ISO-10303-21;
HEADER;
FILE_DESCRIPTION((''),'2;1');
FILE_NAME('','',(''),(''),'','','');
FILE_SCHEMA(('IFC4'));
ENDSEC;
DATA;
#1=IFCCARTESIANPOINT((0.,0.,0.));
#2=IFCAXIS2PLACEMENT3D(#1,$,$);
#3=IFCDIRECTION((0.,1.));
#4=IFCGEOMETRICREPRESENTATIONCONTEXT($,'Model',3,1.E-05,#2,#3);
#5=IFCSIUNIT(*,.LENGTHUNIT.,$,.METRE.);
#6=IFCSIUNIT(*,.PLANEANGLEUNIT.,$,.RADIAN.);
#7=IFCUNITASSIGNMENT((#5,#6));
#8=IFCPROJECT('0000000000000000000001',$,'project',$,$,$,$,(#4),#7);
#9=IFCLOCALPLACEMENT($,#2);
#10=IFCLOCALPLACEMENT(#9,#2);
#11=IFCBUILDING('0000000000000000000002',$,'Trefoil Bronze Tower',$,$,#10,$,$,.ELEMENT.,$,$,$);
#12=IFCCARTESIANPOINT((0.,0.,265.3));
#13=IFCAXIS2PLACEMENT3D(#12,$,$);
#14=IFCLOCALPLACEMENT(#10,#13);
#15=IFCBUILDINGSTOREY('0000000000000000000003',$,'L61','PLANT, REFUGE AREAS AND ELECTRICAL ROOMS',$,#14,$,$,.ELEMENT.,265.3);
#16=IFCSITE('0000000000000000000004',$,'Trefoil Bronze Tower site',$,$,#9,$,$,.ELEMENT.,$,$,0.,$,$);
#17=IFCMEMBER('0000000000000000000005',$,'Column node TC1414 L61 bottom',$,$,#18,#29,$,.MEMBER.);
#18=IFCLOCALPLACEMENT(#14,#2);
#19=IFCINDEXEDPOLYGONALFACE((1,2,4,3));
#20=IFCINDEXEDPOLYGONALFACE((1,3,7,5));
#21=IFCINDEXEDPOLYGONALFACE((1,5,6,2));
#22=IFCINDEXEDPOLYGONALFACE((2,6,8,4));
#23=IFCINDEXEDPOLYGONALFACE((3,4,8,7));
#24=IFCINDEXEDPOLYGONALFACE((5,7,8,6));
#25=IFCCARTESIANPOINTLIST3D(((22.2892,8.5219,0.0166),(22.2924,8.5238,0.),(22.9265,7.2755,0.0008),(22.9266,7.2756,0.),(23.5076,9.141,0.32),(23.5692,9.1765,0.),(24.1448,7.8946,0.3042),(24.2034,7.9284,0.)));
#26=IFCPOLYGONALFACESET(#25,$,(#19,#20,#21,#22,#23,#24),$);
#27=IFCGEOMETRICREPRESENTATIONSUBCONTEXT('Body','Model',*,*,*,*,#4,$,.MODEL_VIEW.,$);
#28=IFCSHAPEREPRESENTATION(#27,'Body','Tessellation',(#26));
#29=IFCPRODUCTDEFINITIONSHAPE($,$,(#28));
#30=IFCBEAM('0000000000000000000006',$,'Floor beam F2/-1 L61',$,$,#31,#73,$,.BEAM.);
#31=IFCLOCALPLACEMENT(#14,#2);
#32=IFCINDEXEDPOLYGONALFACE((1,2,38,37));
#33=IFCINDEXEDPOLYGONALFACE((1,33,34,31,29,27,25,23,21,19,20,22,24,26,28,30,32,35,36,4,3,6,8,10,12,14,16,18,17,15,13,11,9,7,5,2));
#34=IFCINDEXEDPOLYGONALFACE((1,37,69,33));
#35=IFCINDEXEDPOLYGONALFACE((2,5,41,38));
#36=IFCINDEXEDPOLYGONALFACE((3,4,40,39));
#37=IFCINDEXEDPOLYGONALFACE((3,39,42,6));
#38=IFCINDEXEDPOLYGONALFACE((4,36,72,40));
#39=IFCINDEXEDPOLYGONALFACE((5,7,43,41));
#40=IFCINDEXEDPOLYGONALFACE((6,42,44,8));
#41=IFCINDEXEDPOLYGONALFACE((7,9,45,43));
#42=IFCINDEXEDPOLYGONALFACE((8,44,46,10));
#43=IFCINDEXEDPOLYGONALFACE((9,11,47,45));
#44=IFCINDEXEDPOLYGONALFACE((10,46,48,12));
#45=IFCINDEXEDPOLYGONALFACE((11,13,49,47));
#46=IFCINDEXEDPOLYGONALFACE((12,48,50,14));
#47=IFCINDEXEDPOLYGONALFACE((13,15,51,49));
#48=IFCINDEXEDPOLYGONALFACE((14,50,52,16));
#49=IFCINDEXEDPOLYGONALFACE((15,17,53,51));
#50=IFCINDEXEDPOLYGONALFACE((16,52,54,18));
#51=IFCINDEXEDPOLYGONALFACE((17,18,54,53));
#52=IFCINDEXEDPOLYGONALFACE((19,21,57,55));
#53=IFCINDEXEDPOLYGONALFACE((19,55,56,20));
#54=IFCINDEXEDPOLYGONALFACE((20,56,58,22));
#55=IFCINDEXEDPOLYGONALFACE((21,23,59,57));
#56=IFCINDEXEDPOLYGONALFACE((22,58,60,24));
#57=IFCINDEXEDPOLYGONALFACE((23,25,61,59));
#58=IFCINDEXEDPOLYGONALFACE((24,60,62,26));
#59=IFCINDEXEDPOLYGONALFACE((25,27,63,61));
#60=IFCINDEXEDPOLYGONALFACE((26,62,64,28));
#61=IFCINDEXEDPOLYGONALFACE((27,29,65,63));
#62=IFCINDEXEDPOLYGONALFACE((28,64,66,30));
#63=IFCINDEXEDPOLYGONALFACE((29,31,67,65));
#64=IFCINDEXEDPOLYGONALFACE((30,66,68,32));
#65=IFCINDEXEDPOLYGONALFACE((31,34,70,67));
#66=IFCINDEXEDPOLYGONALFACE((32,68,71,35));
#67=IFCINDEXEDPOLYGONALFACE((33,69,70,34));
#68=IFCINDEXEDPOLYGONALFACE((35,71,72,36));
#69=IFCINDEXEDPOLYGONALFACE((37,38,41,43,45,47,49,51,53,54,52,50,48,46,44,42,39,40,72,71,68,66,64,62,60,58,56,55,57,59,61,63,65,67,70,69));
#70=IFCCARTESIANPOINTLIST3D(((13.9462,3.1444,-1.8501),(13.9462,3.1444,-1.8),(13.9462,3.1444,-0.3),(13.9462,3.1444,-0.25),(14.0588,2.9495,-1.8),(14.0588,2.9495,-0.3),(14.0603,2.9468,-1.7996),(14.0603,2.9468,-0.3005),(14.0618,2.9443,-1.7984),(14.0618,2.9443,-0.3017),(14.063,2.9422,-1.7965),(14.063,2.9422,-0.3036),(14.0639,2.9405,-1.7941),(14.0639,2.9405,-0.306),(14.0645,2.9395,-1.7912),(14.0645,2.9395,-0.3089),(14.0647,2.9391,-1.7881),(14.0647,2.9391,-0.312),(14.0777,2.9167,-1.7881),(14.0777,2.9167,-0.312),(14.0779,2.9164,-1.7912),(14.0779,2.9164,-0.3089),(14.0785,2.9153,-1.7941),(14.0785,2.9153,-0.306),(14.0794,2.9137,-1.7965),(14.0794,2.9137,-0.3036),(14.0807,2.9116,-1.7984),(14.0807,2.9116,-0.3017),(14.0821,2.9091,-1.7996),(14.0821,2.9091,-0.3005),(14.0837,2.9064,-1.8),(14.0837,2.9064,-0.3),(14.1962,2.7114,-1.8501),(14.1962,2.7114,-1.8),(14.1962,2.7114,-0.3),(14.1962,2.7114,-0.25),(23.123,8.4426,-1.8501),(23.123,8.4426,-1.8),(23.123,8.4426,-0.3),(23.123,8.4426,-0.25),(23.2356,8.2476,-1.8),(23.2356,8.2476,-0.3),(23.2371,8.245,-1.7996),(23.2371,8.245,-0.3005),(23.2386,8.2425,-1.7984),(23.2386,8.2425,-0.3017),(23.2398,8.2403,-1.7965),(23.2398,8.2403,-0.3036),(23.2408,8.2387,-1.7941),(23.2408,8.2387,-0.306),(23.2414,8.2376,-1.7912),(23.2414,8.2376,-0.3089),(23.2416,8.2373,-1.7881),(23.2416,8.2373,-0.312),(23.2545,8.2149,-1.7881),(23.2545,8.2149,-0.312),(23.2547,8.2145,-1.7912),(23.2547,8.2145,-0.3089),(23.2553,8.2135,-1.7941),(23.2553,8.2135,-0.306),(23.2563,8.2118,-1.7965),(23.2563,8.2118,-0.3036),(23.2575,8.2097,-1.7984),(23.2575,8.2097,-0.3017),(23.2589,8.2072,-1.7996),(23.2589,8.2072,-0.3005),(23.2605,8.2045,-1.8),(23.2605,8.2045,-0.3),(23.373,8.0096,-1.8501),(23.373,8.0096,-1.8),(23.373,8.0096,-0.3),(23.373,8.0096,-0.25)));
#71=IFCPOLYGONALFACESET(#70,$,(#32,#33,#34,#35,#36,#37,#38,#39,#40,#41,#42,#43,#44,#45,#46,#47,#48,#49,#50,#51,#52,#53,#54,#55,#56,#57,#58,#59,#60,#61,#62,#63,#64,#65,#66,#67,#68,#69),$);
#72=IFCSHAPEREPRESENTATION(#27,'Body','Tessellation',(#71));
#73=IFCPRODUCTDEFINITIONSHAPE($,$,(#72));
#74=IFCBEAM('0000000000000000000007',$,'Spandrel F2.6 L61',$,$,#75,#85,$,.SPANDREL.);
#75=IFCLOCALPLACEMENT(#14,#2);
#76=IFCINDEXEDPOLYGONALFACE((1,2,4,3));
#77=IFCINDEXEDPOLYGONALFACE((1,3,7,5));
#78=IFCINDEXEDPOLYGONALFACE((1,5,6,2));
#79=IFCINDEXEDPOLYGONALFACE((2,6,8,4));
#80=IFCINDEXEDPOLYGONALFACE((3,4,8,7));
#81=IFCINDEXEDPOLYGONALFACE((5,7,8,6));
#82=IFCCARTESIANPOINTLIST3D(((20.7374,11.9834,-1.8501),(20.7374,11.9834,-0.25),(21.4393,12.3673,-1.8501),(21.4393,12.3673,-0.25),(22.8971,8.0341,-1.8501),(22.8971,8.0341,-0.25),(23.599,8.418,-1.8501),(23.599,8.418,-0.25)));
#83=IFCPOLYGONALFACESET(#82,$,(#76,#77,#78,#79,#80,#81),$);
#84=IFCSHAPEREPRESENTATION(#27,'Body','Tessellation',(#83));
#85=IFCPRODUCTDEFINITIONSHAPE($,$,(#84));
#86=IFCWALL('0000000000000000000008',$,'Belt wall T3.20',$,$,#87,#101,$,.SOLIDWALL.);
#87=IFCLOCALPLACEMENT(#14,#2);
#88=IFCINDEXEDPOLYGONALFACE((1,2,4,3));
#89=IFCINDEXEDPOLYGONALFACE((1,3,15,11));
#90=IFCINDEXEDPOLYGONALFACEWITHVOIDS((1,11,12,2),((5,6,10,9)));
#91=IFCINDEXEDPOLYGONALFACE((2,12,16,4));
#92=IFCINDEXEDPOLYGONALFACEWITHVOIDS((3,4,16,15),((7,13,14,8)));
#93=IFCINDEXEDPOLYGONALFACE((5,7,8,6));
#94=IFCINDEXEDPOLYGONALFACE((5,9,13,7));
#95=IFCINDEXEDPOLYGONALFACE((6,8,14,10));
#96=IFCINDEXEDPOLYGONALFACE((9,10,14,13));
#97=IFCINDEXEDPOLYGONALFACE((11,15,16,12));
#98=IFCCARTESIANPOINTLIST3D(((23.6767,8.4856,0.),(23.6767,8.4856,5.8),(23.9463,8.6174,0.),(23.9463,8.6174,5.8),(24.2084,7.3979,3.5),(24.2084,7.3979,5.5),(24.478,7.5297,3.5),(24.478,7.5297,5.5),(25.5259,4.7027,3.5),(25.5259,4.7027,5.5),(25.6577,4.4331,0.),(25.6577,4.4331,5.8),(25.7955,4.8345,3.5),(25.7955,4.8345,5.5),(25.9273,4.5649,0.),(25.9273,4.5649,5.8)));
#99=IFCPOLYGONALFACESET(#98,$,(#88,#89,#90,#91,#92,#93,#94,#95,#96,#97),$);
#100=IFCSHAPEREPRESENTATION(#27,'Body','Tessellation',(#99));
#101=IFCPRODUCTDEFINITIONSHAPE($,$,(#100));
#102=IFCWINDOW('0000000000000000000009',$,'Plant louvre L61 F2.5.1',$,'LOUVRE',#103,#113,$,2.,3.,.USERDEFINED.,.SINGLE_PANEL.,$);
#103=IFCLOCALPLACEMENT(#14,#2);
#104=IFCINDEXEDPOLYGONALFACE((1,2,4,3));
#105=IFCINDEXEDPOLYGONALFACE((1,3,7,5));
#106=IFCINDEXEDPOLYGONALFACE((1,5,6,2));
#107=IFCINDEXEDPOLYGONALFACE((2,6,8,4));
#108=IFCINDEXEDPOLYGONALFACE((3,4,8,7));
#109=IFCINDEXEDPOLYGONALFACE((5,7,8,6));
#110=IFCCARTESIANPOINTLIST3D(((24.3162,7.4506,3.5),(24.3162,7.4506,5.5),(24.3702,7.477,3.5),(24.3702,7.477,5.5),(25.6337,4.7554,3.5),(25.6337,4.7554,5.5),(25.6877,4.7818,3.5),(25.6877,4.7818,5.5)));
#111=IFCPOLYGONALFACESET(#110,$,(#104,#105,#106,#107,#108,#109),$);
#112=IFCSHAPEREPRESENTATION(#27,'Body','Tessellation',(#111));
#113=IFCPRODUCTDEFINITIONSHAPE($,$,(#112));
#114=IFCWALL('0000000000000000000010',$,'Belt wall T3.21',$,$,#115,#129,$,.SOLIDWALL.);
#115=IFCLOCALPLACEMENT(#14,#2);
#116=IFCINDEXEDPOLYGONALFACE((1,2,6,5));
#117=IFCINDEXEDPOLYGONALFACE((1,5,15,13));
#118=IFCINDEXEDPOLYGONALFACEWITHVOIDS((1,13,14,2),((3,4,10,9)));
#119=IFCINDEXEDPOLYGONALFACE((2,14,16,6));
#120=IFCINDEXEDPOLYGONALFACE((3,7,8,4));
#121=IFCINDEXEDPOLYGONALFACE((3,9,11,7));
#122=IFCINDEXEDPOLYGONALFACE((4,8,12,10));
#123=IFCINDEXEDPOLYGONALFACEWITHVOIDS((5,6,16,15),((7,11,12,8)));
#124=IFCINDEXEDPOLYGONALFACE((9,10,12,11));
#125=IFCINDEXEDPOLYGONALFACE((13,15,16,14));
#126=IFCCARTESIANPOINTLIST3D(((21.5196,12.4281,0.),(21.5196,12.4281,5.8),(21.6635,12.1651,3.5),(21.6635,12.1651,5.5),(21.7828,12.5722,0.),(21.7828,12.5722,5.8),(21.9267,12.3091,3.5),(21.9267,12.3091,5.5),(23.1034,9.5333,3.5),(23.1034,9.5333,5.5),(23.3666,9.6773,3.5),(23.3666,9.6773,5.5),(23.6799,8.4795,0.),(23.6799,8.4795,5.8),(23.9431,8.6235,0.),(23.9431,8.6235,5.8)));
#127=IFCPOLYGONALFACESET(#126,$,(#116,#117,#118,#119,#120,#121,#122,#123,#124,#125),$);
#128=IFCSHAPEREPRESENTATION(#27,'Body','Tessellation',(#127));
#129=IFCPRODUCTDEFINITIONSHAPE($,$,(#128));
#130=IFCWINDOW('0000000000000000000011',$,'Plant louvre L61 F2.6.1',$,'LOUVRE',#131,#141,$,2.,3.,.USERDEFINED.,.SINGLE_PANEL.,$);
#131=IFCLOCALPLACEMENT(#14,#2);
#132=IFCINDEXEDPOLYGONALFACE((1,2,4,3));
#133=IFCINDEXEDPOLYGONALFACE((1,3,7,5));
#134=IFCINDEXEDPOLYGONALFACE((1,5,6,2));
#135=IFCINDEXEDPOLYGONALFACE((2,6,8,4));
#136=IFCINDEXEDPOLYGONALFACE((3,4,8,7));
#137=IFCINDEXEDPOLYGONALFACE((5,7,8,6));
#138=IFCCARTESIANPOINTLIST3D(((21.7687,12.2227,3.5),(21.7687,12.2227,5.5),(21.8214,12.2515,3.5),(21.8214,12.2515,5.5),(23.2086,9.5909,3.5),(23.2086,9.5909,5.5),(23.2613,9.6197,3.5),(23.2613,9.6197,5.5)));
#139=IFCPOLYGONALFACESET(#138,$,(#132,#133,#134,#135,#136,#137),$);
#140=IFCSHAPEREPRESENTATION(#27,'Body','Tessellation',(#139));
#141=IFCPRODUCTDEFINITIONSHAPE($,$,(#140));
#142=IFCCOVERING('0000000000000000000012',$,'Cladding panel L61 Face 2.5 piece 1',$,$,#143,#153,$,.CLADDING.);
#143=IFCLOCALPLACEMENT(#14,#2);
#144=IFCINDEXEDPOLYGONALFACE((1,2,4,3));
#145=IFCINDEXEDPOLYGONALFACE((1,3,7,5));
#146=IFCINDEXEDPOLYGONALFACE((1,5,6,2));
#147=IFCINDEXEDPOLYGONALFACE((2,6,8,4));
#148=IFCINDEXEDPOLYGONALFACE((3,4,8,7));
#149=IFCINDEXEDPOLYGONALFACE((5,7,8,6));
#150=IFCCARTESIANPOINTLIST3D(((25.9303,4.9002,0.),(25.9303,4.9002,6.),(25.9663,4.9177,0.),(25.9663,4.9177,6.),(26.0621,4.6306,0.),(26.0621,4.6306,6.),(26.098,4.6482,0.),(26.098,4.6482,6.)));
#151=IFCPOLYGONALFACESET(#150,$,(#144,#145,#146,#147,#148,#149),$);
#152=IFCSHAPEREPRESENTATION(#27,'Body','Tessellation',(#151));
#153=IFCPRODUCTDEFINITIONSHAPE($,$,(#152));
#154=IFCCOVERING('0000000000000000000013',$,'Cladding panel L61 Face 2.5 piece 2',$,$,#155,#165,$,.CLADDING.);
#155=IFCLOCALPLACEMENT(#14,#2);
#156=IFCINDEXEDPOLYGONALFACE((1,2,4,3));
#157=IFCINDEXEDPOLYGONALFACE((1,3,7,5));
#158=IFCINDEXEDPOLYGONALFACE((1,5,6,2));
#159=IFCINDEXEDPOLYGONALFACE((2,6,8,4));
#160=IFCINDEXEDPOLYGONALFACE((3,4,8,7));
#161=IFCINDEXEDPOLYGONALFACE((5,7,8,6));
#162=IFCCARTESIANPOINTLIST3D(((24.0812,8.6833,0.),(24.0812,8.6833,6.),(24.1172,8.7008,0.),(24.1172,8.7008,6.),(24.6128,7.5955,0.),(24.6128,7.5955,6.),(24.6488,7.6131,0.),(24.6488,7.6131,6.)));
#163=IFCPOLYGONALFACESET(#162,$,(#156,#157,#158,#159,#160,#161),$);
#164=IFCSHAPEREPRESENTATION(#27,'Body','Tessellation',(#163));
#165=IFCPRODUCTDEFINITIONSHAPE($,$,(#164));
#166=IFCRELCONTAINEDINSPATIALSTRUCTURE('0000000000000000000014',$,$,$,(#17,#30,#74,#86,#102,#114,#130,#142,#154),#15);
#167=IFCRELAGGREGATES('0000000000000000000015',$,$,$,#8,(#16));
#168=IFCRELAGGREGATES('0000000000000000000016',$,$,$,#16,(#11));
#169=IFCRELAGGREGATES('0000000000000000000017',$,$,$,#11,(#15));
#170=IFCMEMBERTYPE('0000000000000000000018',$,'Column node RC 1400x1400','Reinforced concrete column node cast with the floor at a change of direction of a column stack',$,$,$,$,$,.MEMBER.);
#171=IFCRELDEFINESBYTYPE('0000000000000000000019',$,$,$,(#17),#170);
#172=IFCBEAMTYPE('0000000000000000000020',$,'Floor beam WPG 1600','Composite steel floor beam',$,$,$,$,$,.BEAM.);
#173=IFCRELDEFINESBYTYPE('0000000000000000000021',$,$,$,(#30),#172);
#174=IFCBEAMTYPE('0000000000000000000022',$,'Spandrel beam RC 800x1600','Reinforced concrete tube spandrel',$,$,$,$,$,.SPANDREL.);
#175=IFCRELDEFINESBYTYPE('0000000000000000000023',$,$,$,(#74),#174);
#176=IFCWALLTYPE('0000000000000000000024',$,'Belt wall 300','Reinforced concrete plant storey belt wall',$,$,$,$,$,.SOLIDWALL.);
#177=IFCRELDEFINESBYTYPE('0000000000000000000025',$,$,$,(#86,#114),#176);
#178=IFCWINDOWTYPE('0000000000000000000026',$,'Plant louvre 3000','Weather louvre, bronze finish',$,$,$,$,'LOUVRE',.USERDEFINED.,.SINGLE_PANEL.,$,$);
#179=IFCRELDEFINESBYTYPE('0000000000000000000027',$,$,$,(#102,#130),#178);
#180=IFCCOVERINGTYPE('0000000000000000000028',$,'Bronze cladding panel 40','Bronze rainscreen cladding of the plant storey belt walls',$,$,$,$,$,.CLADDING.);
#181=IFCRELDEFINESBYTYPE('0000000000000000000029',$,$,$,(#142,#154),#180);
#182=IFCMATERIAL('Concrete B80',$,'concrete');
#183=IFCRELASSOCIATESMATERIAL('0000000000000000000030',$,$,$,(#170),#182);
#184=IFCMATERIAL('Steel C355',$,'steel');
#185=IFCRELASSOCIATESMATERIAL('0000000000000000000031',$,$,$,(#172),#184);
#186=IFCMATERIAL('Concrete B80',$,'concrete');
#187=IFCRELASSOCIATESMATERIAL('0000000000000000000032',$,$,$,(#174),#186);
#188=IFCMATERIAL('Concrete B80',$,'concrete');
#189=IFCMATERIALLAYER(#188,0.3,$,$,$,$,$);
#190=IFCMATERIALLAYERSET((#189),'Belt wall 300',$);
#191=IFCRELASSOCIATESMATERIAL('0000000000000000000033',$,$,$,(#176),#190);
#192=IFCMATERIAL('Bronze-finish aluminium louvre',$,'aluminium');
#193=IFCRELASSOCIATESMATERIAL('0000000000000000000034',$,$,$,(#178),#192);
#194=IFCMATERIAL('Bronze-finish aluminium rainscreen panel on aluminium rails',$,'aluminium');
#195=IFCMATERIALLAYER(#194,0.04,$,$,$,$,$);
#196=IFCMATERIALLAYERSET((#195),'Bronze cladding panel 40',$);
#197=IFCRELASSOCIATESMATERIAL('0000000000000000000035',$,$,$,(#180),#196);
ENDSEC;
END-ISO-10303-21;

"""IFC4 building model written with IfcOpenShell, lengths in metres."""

from ifc_helpers import new_model, si_unit, direction, frame, frame_2d, origin, origin_2d, place, context, subcontext, project, spatial, rectangle, i_section, extrude, clip, halfspace, material, layer, layer_set, material_profile, profile_set, type_object, element, fill, save


model = new_model("IFC4")

# Units and contexts
model_context = context("Model", 3, precision=1e-05, world=origin(), true_north=direction((0.0, 1.0)))
body_context = subcontext(model_context, "Body", "Model", "MODEL_VIEW")
ifc_project = project(units=[si_unit("LENGTHUNIT", "METRE"), si_unit("PLANEANGLEUNIT", "RADIAN")], contexts=[model_context])

# Site, building, storey
site_placement = place(None, origin())
site = spatial("IfcSite", under=ifc_project, at=site_placement, Name="Trefoil Bronze Tower site", CompositionType="ELEMENT", RefElevation=0.0)
building_placement = place(site_placement, origin())
building = spatial("IfcBuilding", under=site, at=building_placement, Name="Trefoil Bronze Tower", CompositionType="ELEMENT")
storey_placement = place(building_placement, frame((0.0, 0.0, 265.3)))
storey = spatial("IfcBuildingStorey", under=building, at=storey_placement, Name="L61", Description="PLANT, REFUGE AREAS AND ELECTRICAL ROOMS", CompositionType="ELEMENT", Elevation=265.3)

# Member
ifc_material_1 = material(Name="Concrete B80", Category="concrete")
ifc_material_profile_1 = material_profile(ifc_material_1, rectangle(XDim=1.3999, YDim=1.3999, at=origin_2d()), Name="RC 1400x1400")
ifc_profile_set_1 = profile_set([ifc_material_profile_1], Name="Concrete B80")
member_type = type_object("IfcMemberType", Name="Column node RC 1400x1400", Description="Reinforced concrete column node cast with the floor at a change of direction of a column stack", PredefinedType="MEMBER", material=ifc_profile_set_1)
member_placement = place(storey_placement, frame((23.2788, 8.2439, -0.1604), z_axis=(-0.187954, -0.108463, 0.976171), x_axis=(-0.455186, 0.890325, 0.011283)))
element("IfcMember", 1, at=member_placement, inside=storey, type_object=member_type, Name="Column node TC1414 L61 bottom", PredefinedType="MEMBER", context=body_context, shape_type="Clipping", body=[
    clip(extrude(rectangle(XDim=1.3999, YDim=1.3999, at=origin_2d()), origin(), (0.0, 0.0, 1.0), 0.3286), halfspace(frame((0.0, 0.0, 0.1643), z_axis=(0.011283, -0.216711, 0.976171), x_axis=(0.0, 0.976233, 0.216725)), True)),
])

# Beams
ifc_material_2 = material(Name="Steel C355", Category="steel")
ifc_material_profile_2 = material_profile(ifc_material_2, i_section(OverallWidth=0.5, OverallDepth=1.6001, WebThickness=0.0259, FlangeThickness=0.05, FilletRadius=0.012, at=origin_2d()), Name="WPG 1600")
ifc_profile_set_2 = profile_set([ifc_material_profile_2], Name="Steel C355")
beam_type_1 = type_object("IfcBeamType", Name="Floor beam WPG 1600", Description="Composite steel floor beam", PredefinedType="BEAM", material=ifc_profile_set_2)
beam_1_placement = place(storey_placement, frame((23.248, 8.2261, -1.05), z_axis=(-0.86603, -0.499992, 0.0), x_axis=(0.499992, -0.86603, 0.0)))
element("IfcBeam", 2, at=beam_1_placement, inside=storey, type_object=beam_type_1, Name="Floor beam F2/-1 L61", PredefinedType="BEAM", context=body_context, shape_type="SweptSolid", body=[
    extrude(i_section(OverallWidth=0.5, OverallDepth=1.6001, WebThickness=0.0259, FlangeThickness=0.05, FilletRadius=0.012, at=origin_2d()), origin(), (0.0, 0.0, 1.0), 10.5964),
])
ifc_material_3 = material(Name="Concrete B80", Category="concrete")
ifc_material_profile_3 = material_profile(ifc_material_3, rectangle(XDim=0.8, YDim=1.6001, at=origin_2d()), Name="RC 800x1600")
ifc_profile_set_3 = profile_set([ifc_material_profile_3], Name="Concrete B80")
beam_type_2 = type_object("IfcBeamType", Name="Spandrel beam RC 800x1600", Description="Reinforced concrete tube spandrel", PredefinedType="SPANDREL", material=ifc_profile_set_3)
beam_2_placement = place(storey_placement, frame((23.248, 8.2261, -1.05), z_axis=(-0.479802, 0.877377, 0.0), x_axis=(-0.877377, -0.479802, 0.0)))
element("IfcBeam", 3, at=beam_2_placement, inside=storey, type_object=beam_type_2, Name="Spandrel F2.6 L61", PredefinedType="SPANDREL", context=body_context, shape_type="SweptSolid", body=[
    extrude(rectangle(XDim=0.8, YDim=1.6001, at=origin_2d()), origin(), (0.0, 0.0, 1.0), 4.5012),
])

# Walls, openings, windows
ifc_material_4 = material(Name="Concrete B80", Category="concrete")
ifc_layer_1 = layer(ifc_material_4, 0.3)
ifc_layer_set_1 = layer_set([ifc_layer_1], Name="Belt wall 300")
wall_type = type_object("IfcWallType", Name="Belt wall 300", Description="Reinforced concrete plant storey belt wall", PredefinedType="SOLIDWALL", material=ifc_layer_set_1)
wall_1_placement = place(storey_placement, frame((25.7925, 4.499, 0.0), z_axis=(0.0, 0.0, 1.0), x_axis=(-0.439164, 0.898407, 0.0)))
wall_1 = element("IfcWall", 4, at=wall_1_placement, inside=storey, type_object=wall_type, Name="Belt wall T3.20", PredefinedType="SOLIDWALL", context=body_context, shape_type="SweptSolid", body=[
    extrude(rectangle(XDim=4.5107, YDim=0.3, at=frame_2d((2.2554, 0.0))), origin(), (0.0, 0.0, 1.0), 5.8),
])
opening_1_placement = place(wall_1_placement, frame((0.3, 0.0, 3.5)))
opening_1 = element("IfcOpeningElement", 5, at=opening_1_placement, cuts=wall_1, PredefinedType="OPENING", context=body_context, shape_type="SweptSolid", body=[
    extrude(rectangle(XDim=3.0, YDim=2.0, at=frame_2d((1.5, 1.0))), frame((0.0, 0.1599, 0.0), z_axis=(0.0, -1.0, 0.0), x_axis=(1.0, 0.0, 0.0)), (0.0, 0.0, 1.0), 0.3201),
])
ifc_material_5 = material(Name="Bronze-finish aluminium louvre", Category="aluminium")
window_type = type_object("IfcWindowType", Name="Plant louvre 3000", Description="Weather louvre, bronze finish", ElementType="LOUVRE", PartitioningType="SINGLE_PANEL", PredefinedType="USERDEFINED", material=ifc_material_5)
window_1_placement = place(opening_1_placement, origin())
window_1 = element("IfcWindow", 6, at=window_1_placement, inside=storey, type_object=window_type, Name="Plant louvre L61 F2.5.1", ObjectType="LOUVRE", OverallHeight=2.0, OverallWidth=3.0, PartitioningType="SINGLE_PANEL", PredefinedType="USERDEFINED", context=body_context, shape_type="SweptSolid", body=[
    extrude(rectangle(XDim=3.0, YDim=2.0, at=frame_2d((1.5, 1.0))), frame((0.0, 0.03, 0.0), z_axis=(0.0, -1.0, 0.0), x_axis=(1.0, 0.0, 0.0)), (0.0, 0.0, 1.0), 0.0601),
])
fill(opening_1, window_1)
wall_2_placement = place(storey_placement, frame((23.8115, 8.5515, 0.0), z_axis=(0.0, 0.0, 1.0), x_axis=(-0.479973, 0.877283, 0.0)))
wall_2 = element("IfcWall", 7, at=wall_2_placement, inside=storey, type_object=wall_type, Name="Belt wall T3.21", PredefinedType="SOLIDWALL", context=body_context, shape_type="SweptSolid", body=[
    extrude(rectangle(XDim=4.501, YDim=0.3, at=frame_2d((2.2505, 0.0))), origin(), (0.0, 0.0, 1.0), 5.8),
])
opening_2_placement = place(wall_2_placement, frame((1.2012, 0.0, 3.5)))
opening_2 = element("IfcOpeningElement", 8, at=opening_2_placement, cuts=wall_2, PredefinedType="OPENING", context=body_context, shape_type="SweptSolid", body=[
    extrude(rectangle(XDim=3.0, YDim=2.0, at=frame_2d((1.5, 1.0))), frame((0.0, 0.1599, 0.0), z_axis=(0.0, -1.0, 0.0), x_axis=(1.0, 0.0, 0.0)), (0.0, 0.0, 1.0), 0.3201),
])
window_2_placement = place(opening_2_placement, origin())
window_2 = element("IfcWindow", 9, at=window_2_placement, inside=storey, type_object=window_type, Name="Plant louvre L61 F2.6.1", ObjectType="LOUVRE", OverallHeight=2.0, OverallWidth=3.0, PartitioningType="SINGLE_PANEL", PredefinedType="USERDEFINED", context=body_context, shape_type="SweptSolid", body=[
    extrude(rectangle(XDim=3.0, YDim=2.0, at=frame_2d((1.5, 1.0))), frame((0.0, 0.03, 0.0), z_axis=(0.0, -1.0, 0.0), x_axis=(1.0, 0.0, 0.0)), (0.0, 0.0, 1.0), 0.0601),
])
fill(opening_2, window_2)

# Coverings
ifc_material_6 = material(Name="Bronze-finish aluminium rainscreen panel on aluminium rails", Category="aluminium")
ifc_layer_2 = layer(ifc_material_6, 0.04)
ifc_layer_set_2 = layer_set([ifc_layer_2], Name="Bronze cladding panel 40")
covering_type_1 = type_object("IfcCoveringType", Name="Bronze cladding panel 40", Description="Bronze rainscreen cladding of the plant storey belt walls", PredefinedType="CLADDING", material=ifc_layer_set_2)
covering_1_placement = place(storey_placement, frame((26.0142, 4.7742, 0.0), z_axis=(0.0, 0.0, 1.0), x_axis=(-0.439129, 0.898424, 0.0)))
element("IfcCovering", 10, at=covering_1_placement, inside=storey, type_object=covering_type_1, Name="Cladding panel L61 Face 2.5 piece 1", PredefinedType="CLADDING", context=body_context, shape_type="SweptSolid", body=[
    extrude(rectangle(XDim=0.3, YDim=0.04, at=origin_2d()), origin(), (0.0, 0.0, 1.0), 6.0),
])
covering_2_placement = place(storey_placement, frame((24.365, 8.1482, 0.0), z_axis=(0.0, 0.0, 1.0), x_axis=(-0.439129, 0.898424, 0.0)))
element("IfcCovering", 11, at=covering_2_placement, inside=storey, type_object=covering_type_1, Name="Cladding panel L61 Face 2.5 piece 2", PredefinedType="CLADDING", context=body_context, shape_type="SweptSolid", body=[
    extrude(rectangle(XDim=1.2107, YDim=0.04, at=origin_2d()), origin(), (0.0, 0.0, 1.0), 6.0),
])

save(model, "model.ifc")
